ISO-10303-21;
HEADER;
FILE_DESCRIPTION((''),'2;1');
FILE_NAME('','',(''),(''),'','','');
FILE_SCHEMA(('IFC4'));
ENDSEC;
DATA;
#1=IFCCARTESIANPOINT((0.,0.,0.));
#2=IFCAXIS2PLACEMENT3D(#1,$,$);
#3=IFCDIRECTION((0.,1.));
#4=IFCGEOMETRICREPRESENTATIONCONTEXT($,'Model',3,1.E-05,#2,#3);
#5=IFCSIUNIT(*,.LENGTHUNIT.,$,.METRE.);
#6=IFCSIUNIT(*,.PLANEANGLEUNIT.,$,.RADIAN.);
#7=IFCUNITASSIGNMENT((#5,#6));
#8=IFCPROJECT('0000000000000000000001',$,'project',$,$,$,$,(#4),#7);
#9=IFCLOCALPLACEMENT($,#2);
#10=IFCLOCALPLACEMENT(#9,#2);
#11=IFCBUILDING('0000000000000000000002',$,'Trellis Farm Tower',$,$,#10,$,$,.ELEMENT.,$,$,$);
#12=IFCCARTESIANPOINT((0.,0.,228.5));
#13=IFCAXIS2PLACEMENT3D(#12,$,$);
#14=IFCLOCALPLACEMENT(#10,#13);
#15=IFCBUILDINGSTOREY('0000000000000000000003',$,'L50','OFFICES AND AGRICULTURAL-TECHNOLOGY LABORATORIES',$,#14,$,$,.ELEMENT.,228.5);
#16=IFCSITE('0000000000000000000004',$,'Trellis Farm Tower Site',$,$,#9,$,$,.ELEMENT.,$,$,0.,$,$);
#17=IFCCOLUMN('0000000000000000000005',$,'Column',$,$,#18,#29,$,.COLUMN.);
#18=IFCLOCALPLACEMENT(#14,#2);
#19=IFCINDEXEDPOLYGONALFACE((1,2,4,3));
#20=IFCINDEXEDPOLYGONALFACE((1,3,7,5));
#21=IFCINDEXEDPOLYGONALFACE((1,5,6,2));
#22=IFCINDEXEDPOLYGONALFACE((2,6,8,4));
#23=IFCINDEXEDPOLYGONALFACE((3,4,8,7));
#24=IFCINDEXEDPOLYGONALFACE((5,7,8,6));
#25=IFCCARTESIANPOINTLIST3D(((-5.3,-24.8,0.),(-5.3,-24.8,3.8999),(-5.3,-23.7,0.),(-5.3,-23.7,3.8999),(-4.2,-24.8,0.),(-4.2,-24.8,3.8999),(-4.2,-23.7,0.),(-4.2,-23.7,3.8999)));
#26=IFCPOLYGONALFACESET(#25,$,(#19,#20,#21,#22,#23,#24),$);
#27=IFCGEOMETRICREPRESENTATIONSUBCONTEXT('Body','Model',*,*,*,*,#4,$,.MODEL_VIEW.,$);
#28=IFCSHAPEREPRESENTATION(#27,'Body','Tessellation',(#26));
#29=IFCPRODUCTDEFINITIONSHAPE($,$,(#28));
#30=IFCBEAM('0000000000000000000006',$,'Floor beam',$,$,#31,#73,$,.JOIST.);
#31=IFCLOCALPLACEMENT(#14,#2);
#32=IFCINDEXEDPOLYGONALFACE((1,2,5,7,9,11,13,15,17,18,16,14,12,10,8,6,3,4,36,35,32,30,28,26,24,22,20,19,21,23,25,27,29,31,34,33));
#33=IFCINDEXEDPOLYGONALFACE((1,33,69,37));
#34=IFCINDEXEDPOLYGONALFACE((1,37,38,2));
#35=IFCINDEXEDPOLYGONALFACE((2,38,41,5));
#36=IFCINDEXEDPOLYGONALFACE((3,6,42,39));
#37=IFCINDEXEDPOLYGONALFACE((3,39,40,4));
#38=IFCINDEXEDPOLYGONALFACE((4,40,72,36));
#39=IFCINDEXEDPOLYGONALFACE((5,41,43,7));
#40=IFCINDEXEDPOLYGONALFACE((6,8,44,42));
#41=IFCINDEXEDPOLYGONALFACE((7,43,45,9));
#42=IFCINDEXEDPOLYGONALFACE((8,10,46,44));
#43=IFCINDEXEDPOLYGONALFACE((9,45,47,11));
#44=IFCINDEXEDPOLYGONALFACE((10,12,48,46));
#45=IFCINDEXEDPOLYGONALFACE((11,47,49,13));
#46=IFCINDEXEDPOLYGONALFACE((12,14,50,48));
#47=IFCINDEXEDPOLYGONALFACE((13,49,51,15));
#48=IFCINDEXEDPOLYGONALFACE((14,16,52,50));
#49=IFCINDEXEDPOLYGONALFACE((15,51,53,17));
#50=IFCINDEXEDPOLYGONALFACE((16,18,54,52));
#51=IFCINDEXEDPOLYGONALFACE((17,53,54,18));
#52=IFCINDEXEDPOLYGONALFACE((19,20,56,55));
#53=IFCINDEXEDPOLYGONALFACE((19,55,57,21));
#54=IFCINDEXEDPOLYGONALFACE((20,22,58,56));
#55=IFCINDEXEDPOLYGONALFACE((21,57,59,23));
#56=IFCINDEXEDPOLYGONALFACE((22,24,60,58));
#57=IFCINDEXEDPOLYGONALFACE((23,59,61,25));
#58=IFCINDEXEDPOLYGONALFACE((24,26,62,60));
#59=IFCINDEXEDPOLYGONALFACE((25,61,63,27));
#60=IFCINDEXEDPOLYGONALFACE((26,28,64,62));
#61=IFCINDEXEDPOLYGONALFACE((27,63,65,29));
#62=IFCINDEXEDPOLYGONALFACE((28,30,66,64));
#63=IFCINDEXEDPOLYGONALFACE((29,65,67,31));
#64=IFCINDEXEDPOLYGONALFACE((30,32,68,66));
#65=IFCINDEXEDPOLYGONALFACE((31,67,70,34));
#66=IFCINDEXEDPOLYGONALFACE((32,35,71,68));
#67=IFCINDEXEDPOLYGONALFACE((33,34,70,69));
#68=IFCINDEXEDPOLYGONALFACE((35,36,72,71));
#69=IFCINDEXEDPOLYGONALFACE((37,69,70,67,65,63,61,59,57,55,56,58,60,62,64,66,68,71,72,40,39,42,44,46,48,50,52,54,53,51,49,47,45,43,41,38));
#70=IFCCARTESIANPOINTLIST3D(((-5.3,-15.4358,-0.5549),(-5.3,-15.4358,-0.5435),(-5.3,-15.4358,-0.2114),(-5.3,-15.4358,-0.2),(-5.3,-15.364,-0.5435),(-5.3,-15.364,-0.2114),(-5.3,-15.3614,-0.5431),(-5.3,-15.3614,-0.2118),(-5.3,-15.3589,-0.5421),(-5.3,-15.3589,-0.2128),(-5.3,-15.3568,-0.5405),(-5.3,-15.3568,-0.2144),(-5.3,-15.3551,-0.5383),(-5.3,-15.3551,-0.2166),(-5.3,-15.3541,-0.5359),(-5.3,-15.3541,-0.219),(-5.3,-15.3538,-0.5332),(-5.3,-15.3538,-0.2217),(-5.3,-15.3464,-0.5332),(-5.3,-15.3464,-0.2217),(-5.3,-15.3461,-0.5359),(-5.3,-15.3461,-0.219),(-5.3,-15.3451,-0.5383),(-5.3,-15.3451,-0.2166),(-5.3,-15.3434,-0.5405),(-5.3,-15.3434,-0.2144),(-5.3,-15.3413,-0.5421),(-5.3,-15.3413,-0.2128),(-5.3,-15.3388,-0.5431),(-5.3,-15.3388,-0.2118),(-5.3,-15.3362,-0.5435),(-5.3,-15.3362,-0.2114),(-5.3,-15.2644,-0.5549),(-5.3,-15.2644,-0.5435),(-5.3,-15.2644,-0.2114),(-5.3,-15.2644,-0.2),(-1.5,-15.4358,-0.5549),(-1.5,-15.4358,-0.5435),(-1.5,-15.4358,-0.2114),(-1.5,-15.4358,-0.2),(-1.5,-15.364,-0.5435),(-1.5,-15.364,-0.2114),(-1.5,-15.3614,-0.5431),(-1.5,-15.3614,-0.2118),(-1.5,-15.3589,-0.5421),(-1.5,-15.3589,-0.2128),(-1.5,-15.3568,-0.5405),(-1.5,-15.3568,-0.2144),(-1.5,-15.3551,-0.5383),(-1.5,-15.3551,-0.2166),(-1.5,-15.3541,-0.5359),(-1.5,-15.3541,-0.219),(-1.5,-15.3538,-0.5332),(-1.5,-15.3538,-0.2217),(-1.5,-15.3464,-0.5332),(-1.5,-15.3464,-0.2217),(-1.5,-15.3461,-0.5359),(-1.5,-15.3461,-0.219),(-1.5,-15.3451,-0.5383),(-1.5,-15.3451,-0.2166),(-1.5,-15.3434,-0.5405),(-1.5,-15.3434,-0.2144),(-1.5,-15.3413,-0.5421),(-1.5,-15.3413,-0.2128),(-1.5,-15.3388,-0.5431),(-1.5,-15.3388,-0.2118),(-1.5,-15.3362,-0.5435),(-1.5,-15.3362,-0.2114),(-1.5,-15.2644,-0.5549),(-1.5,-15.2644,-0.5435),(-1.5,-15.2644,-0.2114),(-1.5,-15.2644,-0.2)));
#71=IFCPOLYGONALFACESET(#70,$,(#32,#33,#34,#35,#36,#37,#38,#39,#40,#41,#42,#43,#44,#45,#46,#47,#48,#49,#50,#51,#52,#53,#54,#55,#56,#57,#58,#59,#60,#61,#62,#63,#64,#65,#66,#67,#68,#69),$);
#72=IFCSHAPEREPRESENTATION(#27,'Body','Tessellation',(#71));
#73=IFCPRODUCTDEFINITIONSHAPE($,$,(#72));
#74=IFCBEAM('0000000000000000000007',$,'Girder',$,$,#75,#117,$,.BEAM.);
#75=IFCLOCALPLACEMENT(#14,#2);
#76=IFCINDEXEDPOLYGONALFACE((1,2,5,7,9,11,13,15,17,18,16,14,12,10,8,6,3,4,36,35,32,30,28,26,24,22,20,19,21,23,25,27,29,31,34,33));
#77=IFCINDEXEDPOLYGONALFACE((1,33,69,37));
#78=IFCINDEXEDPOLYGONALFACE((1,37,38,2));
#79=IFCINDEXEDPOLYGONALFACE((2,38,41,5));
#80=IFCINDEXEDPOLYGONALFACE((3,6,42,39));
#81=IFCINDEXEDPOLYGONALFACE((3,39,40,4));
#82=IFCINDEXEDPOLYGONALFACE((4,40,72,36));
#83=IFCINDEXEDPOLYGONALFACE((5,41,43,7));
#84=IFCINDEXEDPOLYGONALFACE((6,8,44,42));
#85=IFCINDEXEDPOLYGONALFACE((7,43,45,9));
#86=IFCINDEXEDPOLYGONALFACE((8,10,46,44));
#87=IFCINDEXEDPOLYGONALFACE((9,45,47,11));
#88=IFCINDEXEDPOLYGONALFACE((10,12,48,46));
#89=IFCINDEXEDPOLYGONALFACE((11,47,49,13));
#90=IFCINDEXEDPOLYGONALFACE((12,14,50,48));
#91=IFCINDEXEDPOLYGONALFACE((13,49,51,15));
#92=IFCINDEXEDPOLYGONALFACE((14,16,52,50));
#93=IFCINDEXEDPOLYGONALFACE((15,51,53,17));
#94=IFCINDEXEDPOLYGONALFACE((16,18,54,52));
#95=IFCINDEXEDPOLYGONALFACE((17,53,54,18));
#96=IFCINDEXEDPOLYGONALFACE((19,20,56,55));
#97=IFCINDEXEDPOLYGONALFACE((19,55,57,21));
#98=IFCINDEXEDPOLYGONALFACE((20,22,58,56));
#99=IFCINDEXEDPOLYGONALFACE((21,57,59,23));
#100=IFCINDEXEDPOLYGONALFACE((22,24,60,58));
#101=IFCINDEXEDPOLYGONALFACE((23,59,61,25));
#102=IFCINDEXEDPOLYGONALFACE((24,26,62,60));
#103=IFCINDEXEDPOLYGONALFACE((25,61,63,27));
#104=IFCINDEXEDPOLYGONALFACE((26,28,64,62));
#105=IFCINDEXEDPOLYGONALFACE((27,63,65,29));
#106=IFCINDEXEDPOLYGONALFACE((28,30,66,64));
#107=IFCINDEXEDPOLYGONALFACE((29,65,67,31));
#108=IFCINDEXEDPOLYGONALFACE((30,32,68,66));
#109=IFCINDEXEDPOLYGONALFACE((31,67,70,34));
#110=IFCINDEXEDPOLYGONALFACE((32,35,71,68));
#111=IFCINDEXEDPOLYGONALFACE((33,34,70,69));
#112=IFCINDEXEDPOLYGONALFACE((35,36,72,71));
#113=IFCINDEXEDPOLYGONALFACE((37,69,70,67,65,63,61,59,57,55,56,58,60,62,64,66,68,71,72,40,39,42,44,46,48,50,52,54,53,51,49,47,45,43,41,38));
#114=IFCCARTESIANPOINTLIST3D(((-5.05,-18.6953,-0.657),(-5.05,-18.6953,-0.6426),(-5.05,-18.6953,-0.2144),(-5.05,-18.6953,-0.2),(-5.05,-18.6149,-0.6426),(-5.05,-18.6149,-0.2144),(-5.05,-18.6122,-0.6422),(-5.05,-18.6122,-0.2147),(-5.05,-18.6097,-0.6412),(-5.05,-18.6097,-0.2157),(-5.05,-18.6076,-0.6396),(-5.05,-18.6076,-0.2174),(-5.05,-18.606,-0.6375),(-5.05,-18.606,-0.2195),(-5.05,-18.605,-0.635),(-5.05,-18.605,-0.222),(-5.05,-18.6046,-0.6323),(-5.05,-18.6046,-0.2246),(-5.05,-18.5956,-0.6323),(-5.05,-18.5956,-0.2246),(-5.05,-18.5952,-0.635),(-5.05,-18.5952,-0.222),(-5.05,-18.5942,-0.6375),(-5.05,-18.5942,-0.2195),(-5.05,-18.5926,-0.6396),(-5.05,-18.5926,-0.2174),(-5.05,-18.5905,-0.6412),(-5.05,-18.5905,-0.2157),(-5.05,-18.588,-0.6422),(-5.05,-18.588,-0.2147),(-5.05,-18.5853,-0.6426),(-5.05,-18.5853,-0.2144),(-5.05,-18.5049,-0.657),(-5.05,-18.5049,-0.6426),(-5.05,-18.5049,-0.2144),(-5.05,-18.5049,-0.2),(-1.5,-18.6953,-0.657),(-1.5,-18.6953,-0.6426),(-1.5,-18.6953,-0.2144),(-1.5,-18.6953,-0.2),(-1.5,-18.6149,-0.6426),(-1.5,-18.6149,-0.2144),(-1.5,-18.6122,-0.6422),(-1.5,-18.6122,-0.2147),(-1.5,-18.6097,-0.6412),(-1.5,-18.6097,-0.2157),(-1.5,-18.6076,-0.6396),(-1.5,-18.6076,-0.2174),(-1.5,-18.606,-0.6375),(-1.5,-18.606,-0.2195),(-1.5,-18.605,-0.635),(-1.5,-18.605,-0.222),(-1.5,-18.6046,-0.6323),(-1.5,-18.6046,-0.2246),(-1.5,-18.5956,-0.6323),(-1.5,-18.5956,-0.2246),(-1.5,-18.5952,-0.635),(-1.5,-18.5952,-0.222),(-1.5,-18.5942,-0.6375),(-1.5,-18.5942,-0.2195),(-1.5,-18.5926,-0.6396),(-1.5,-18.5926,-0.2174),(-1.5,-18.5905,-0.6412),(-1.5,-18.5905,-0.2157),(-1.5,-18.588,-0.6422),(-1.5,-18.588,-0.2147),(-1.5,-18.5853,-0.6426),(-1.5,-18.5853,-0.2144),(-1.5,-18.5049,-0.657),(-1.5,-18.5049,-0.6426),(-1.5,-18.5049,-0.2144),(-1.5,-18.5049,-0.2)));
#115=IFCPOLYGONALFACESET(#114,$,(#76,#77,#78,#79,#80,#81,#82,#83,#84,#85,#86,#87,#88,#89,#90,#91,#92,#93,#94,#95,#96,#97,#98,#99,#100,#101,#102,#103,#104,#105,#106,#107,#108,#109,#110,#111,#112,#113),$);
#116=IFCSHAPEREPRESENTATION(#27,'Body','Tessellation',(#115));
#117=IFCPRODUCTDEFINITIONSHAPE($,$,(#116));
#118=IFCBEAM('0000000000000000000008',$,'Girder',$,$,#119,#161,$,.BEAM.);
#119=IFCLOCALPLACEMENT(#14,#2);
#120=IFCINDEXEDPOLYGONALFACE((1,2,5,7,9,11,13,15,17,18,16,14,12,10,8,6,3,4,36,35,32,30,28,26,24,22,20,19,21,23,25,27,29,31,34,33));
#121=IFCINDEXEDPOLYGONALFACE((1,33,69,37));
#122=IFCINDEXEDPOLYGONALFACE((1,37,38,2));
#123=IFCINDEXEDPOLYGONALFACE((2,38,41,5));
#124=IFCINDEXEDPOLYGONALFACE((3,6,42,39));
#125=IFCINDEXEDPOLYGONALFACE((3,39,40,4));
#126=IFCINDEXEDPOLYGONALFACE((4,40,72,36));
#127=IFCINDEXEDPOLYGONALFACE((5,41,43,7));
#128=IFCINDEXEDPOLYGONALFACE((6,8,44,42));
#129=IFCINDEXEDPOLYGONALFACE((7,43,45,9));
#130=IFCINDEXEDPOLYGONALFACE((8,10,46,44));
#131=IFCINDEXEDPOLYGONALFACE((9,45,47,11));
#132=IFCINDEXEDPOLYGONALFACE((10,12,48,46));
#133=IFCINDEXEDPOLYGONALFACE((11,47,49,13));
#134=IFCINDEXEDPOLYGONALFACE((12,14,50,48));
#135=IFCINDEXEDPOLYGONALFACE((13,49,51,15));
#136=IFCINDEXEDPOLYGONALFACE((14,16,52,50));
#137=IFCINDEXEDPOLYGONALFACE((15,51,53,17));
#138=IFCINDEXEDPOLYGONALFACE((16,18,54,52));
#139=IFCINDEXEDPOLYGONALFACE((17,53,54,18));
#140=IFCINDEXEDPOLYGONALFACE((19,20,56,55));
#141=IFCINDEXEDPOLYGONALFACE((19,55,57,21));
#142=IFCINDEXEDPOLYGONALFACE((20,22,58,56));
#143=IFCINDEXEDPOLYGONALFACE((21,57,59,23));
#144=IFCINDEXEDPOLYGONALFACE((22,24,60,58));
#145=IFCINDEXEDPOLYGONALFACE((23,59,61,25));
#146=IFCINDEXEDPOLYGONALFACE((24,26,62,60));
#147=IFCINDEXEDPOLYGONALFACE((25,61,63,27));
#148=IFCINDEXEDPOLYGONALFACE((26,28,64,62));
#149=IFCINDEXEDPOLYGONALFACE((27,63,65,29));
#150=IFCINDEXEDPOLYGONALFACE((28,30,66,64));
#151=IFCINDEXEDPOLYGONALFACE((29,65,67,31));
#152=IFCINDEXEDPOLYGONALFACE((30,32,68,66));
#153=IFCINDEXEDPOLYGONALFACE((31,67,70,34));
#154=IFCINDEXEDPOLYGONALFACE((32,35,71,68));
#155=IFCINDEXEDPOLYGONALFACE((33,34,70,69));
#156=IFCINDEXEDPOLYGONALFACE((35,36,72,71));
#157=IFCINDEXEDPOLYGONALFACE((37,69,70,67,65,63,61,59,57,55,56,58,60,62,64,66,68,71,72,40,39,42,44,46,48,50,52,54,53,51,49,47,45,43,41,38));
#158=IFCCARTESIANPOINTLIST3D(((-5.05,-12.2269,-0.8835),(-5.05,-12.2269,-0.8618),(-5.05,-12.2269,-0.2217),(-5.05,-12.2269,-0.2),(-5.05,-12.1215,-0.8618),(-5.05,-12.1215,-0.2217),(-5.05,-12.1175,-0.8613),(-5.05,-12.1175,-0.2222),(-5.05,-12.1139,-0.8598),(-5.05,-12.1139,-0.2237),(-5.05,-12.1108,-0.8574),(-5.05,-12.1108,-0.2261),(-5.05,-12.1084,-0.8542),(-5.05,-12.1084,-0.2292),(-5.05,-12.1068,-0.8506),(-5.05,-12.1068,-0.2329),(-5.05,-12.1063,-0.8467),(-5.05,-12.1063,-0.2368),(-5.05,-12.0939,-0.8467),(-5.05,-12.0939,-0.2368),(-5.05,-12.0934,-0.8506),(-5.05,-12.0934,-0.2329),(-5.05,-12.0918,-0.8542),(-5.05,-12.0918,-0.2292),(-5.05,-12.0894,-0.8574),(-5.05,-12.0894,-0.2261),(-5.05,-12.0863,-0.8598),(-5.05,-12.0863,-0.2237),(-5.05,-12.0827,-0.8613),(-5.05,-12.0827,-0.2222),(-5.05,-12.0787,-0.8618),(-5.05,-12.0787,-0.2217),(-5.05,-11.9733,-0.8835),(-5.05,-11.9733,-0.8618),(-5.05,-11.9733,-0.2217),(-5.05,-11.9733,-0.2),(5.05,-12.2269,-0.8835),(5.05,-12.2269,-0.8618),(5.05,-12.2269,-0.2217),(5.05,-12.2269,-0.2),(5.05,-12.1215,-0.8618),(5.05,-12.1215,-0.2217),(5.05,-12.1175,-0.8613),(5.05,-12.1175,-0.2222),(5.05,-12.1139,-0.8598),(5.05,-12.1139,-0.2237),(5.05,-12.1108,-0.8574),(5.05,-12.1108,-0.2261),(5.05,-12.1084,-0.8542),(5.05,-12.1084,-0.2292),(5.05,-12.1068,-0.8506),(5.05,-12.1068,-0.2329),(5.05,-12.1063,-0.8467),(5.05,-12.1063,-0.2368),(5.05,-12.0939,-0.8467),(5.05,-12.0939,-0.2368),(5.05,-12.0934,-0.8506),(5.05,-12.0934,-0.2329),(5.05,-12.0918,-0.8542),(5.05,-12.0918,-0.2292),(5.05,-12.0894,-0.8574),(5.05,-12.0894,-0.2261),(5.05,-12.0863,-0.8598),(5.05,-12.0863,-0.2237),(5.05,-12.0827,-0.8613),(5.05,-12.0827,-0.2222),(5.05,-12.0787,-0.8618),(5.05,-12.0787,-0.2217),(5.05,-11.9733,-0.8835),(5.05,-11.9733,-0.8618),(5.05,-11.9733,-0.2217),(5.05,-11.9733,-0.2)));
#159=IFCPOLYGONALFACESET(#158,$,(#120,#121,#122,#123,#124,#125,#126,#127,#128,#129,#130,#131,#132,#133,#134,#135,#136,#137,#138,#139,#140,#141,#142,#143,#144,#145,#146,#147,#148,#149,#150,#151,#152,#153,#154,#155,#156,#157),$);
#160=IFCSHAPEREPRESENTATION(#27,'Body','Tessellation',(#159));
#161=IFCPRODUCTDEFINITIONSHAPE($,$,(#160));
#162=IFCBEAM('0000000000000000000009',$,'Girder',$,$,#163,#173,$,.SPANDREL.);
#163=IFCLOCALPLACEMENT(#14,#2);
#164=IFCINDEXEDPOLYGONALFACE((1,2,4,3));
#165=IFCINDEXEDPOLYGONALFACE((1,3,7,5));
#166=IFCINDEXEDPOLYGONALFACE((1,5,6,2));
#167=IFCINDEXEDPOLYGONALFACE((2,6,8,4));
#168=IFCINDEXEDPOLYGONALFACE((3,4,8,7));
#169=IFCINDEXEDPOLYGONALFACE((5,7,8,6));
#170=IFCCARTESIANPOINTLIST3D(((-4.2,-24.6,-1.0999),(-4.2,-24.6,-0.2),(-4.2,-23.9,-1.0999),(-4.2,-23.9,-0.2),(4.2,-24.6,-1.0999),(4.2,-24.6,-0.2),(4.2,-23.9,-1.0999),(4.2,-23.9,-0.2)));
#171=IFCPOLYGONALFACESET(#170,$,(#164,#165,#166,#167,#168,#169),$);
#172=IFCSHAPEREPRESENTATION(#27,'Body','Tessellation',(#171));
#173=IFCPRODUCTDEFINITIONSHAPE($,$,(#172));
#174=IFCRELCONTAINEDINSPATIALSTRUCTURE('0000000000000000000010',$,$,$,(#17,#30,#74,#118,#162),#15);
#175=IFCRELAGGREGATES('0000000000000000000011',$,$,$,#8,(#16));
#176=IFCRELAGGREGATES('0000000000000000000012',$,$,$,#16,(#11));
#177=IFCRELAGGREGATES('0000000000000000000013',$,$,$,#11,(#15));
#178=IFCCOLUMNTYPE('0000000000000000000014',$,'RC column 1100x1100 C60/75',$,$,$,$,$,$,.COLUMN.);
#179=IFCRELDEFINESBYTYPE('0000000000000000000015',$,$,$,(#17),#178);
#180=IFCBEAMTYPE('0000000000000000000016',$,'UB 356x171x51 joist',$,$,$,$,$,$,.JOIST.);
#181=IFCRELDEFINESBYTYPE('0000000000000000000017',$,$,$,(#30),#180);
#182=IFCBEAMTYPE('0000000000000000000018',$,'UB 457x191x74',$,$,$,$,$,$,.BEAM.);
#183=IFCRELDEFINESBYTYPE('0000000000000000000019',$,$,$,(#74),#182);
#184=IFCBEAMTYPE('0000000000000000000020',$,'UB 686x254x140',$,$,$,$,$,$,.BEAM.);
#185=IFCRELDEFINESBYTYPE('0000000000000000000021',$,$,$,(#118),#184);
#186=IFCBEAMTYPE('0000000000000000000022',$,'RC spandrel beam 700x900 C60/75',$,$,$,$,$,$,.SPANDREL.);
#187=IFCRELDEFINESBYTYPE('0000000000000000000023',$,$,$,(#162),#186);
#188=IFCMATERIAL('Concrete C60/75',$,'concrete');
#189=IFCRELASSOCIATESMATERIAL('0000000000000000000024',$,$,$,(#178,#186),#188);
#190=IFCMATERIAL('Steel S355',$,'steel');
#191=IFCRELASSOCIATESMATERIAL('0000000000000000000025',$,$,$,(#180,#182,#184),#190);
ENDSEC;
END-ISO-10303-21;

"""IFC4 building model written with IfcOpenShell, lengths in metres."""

from ifc_helpers import new_model, si_unit, direction, frame, origin, origin_2d, place, context, subcontext, project, spatial, rectangle, i_section, extrude, source, transform, mapped, material, material_profile, profile_set, type_object, element, save


model = new_model("IFC4")

# Units and contexts
model_context = context("Model", 3, precision=1e-05, world=origin(), true_north=direction((0.0, 1.0)))
body_context = subcontext(model_context, "Body", "Model", "MODEL_VIEW")
ifc_project = project(units=[si_unit("LENGTHUNIT", "METRE"), si_unit("PLANEANGLEUNIT", "RADIAN")], contexts=[model_context])

# Site, building, storey
site_placement = place(None, origin())
site = spatial("IfcSite", under=ifc_project, at=site_placement, Name="Trellis Farm Tower Site", CompositionType="ELEMENT", RefElevation=0.0)
building_placement = place(site_placement, origin())
building = spatial("IfcBuilding", under=site, at=building_placement, Name="Trellis Farm Tower", CompositionType="ELEMENT")
storey_placement = place(building_placement, frame((0.0, 0.0, 228.5)))
storey = spatial("IfcBuildingStorey", under=building, at=storey_placement, Name="L50", Description="OFFICES AND AGRICULTURAL-TECHNOLOGY LABORATORIES", CompositionType="ELEMENT", Elevation=228.5)

# Column
ifc_material_1 = material(Name="Concrete C60/75", Category="concrete")
ifc_material_profile_1 = material_profile(ifc_material_1, rectangle(XDim=1.1001, YDim=1.1001, at=origin_2d()), Name="RC column 1100x1100 C60/75")
ifc_profile_set_1 = profile_set([ifc_material_profile_1], Name="Concrete C60/75")
column_type = type_object("IfcColumnType", Name="RC column 1100x1100 C60/75", PredefinedType="COLUMN", material=ifc_profile_set_1)
shared_shape_1 = source(origin(), body_context, "Body", "SweptSolid", [
    extrude(rectangle(XDim=1.1001, YDim=1.1001, at=origin_2d()), origin(), (0.0, 0.0, 1.0), 3.8999),
])
column_placement = place(storey_placement, frame((-4.75, -24.25, 0.0), z_axis=(0.0, 0.0, 1.0), x_axis=(1.0, 0.0, 0.0)))
element("IfcColumn", 1, at=column_placement, inside=storey, type_object=column_type, Name="Column", PredefinedType="COLUMN", context=body_context, shape_type="MappedRepresentation", body=[
    mapped(shared_shape_1, transform((0.0, 0.0, 0.0))),
])

# Beams
ifc_material_2 = material(Name="Steel S355", Category="steel")
ifc_material_profile_2 = material_profile(ifc_material_2, i_section(OverallWidth=0.1714, OverallDepth=0.355, WebThickness=0.0073, FlangeThickness=0.0115, FilletRadius=0.0103, at=origin_2d()), Name="UB 356x171x51")
ifc_profile_set_2 = profile_set([ifc_material_profile_2], Name="Steel S355")
beam_type_1 = type_object("IfcBeamType", Name="UB 356x171x51 joist", PredefinedType="JOIST", material=ifc_profile_set_2)
shared_shape_2 = source(origin(), body_context, "Body", "SweptSolid", [
    extrude(i_section(OverallWidth=0.1714, OverallDepth=0.355, WebThickness=0.0073, FlangeThickness=0.0115, FilletRadius=0.0103, at=origin_2d()), origin(), (0.0, 0.0, 1.0), 3.8),
])
beam_1_placement = place(storey_placement, frame((-5.3, -15.3501, -0.3774), z_axis=(1.0, 0.0, 0.0), x_axis=(0.0, 1.0, 0.0)))
element("IfcBeam", 2, at=beam_1_placement, inside=storey, type_object=beam_type_1, Name="Floor beam", PredefinedType="JOIST", context=body_context, shape_type="MappedRepresentation", body=[
    mapped(shared_shape_2, transform((0.0, 0.0, 0.0))),
])
ifc_material_profile_3 = material_profile(ifc_material_2, i_section(OverallWidth=0.1904, OverallDepth=0.457, WebThickness=0.009, FlangeThickness=0.0144, FilletRadius=0.0103, at=origin_2d()), Name="UB 457x191x74")
ifc_profile_set_3 = profile_set([ifc_material_profile_3], Name="Steel S355")
beam_type_2 = type_object("IfcBeamType", Name="UB 457x191x74", PredefinedType="BEAM", material=ifc_profile_set_3)
shared_shape_3 = source(origin(), body_context, "Body", "SweptSolid", [
    extrude(i_section(OverallWidth=0.1904, OverallDepth=0.457, WebThickness=0.009, FlangeThickness=0.0144, FilletRadius=0.0103, at=origin_2d()), origin(), (0.0, 0.0, 1.0), 3.55),
])
beam_2_placement = place(storey_placement, frame((-5.05, -18.6001, -0.4285), z_axis=(1.0, 0.0, 0.0), x_axis=(0.0, 1.0, 0.0)))
element("IfcBeam", 3, at=beam_2_placement, inside=storey, type_object=beam_type_2, Name="Girder", PredefinedType="BEAM", context=body_context, shape_type="MappedRepresentation", body=[
    mapped(shared_shape_3, transform((0.0, 0.0, 0.0))),
])
ifc_material_profile_4 = material_profile(ifc_material_2, i_section(OverallWidth=0.2537, OverallDepth=0.6836, WebThickness=0.0125, FlangeThickness=0.0217, FilletRadius=0.0151, at=origin_2d()), Name="UB 686x254x140")
ifc_profile_set_4 = profile_set([ifc_material_profile_4], Name="Steel S355")
beam_type_3 = type_object("IfcBeamType", Name="UB 686x254x140", PredefinedType="BEAM", material=ifc_profile_set_4)
shared_shape_4 = source(origin(), body_context, "Body", "SweptSolid", [
    extrude(i_section(OverallWidth=0.2537, OverallDepth=0.6836, WebThickness=0.0125, FlangeThickness=0.0217, FilletRadius=0.0151, at=origin_2d()), origin(), (0.0, 0.0, 1.0), 10.1001),
])
beam_3_placement = place(storey_placement, frame((-5.05, -12.1001, -0.5417), z_axis=(1.0, 0.0, 0.0), x_axis=(0.0, 1.0, 0.0)))
element("IfcBeam", 4, at=beam_3_placement, inside=storey, type_object=beam_type_3, Name="Girder", PredefinedType="BEAM", context=body_context, shape_type="MappedRepresentation", body=[
    mapped(shared_shape_4, transform((0.0, 0.0, 0.0))),
])
ifc_material_profile_5 = material_profile(ifc_material_1, rectangle(XDim=0.7, YDim=0.8999, at=origin_2d()), Name="RC spandrel beam 700x900 C60/75")
ifc_profile_set_5 = profile_set([ifc_material_profile_5], Name="Concrete C60/75")
beam_type_4 = type_object("IfcBeamType", Name="RC spandrel beam 700x900 C60/75", PredefinedType="SPANDREL", material=ifc_profile_set_5)
shared_shape_5 = source(origin(), body_context, "Body", "SweptSolid", [
    extrude(rectangle(XDim=0.7, YDim=0.8999, at=origin_2d()), origin(), (0.0, 0.0, 1.0), 8.3999),
])
beam_4_placement = place(storey_placement, frame((-4.2, -24.25, -0.6499), z_axis=(1.0, 0.0, 0.0), x_axis=(0.0, 1.0, 0.0)))
element("IfcBeam", 5, at=beam_4_placement, inside=storey, type_object=beam_type_4, Name="Girder", PredefinedType="SPANDREL", context=body_context, shape_type="MappedRepresentation", body=[
    mapped(shared_shape_5, transform((0.0, 0.0, 0.0))),
])

save(model, "model.ifc")
